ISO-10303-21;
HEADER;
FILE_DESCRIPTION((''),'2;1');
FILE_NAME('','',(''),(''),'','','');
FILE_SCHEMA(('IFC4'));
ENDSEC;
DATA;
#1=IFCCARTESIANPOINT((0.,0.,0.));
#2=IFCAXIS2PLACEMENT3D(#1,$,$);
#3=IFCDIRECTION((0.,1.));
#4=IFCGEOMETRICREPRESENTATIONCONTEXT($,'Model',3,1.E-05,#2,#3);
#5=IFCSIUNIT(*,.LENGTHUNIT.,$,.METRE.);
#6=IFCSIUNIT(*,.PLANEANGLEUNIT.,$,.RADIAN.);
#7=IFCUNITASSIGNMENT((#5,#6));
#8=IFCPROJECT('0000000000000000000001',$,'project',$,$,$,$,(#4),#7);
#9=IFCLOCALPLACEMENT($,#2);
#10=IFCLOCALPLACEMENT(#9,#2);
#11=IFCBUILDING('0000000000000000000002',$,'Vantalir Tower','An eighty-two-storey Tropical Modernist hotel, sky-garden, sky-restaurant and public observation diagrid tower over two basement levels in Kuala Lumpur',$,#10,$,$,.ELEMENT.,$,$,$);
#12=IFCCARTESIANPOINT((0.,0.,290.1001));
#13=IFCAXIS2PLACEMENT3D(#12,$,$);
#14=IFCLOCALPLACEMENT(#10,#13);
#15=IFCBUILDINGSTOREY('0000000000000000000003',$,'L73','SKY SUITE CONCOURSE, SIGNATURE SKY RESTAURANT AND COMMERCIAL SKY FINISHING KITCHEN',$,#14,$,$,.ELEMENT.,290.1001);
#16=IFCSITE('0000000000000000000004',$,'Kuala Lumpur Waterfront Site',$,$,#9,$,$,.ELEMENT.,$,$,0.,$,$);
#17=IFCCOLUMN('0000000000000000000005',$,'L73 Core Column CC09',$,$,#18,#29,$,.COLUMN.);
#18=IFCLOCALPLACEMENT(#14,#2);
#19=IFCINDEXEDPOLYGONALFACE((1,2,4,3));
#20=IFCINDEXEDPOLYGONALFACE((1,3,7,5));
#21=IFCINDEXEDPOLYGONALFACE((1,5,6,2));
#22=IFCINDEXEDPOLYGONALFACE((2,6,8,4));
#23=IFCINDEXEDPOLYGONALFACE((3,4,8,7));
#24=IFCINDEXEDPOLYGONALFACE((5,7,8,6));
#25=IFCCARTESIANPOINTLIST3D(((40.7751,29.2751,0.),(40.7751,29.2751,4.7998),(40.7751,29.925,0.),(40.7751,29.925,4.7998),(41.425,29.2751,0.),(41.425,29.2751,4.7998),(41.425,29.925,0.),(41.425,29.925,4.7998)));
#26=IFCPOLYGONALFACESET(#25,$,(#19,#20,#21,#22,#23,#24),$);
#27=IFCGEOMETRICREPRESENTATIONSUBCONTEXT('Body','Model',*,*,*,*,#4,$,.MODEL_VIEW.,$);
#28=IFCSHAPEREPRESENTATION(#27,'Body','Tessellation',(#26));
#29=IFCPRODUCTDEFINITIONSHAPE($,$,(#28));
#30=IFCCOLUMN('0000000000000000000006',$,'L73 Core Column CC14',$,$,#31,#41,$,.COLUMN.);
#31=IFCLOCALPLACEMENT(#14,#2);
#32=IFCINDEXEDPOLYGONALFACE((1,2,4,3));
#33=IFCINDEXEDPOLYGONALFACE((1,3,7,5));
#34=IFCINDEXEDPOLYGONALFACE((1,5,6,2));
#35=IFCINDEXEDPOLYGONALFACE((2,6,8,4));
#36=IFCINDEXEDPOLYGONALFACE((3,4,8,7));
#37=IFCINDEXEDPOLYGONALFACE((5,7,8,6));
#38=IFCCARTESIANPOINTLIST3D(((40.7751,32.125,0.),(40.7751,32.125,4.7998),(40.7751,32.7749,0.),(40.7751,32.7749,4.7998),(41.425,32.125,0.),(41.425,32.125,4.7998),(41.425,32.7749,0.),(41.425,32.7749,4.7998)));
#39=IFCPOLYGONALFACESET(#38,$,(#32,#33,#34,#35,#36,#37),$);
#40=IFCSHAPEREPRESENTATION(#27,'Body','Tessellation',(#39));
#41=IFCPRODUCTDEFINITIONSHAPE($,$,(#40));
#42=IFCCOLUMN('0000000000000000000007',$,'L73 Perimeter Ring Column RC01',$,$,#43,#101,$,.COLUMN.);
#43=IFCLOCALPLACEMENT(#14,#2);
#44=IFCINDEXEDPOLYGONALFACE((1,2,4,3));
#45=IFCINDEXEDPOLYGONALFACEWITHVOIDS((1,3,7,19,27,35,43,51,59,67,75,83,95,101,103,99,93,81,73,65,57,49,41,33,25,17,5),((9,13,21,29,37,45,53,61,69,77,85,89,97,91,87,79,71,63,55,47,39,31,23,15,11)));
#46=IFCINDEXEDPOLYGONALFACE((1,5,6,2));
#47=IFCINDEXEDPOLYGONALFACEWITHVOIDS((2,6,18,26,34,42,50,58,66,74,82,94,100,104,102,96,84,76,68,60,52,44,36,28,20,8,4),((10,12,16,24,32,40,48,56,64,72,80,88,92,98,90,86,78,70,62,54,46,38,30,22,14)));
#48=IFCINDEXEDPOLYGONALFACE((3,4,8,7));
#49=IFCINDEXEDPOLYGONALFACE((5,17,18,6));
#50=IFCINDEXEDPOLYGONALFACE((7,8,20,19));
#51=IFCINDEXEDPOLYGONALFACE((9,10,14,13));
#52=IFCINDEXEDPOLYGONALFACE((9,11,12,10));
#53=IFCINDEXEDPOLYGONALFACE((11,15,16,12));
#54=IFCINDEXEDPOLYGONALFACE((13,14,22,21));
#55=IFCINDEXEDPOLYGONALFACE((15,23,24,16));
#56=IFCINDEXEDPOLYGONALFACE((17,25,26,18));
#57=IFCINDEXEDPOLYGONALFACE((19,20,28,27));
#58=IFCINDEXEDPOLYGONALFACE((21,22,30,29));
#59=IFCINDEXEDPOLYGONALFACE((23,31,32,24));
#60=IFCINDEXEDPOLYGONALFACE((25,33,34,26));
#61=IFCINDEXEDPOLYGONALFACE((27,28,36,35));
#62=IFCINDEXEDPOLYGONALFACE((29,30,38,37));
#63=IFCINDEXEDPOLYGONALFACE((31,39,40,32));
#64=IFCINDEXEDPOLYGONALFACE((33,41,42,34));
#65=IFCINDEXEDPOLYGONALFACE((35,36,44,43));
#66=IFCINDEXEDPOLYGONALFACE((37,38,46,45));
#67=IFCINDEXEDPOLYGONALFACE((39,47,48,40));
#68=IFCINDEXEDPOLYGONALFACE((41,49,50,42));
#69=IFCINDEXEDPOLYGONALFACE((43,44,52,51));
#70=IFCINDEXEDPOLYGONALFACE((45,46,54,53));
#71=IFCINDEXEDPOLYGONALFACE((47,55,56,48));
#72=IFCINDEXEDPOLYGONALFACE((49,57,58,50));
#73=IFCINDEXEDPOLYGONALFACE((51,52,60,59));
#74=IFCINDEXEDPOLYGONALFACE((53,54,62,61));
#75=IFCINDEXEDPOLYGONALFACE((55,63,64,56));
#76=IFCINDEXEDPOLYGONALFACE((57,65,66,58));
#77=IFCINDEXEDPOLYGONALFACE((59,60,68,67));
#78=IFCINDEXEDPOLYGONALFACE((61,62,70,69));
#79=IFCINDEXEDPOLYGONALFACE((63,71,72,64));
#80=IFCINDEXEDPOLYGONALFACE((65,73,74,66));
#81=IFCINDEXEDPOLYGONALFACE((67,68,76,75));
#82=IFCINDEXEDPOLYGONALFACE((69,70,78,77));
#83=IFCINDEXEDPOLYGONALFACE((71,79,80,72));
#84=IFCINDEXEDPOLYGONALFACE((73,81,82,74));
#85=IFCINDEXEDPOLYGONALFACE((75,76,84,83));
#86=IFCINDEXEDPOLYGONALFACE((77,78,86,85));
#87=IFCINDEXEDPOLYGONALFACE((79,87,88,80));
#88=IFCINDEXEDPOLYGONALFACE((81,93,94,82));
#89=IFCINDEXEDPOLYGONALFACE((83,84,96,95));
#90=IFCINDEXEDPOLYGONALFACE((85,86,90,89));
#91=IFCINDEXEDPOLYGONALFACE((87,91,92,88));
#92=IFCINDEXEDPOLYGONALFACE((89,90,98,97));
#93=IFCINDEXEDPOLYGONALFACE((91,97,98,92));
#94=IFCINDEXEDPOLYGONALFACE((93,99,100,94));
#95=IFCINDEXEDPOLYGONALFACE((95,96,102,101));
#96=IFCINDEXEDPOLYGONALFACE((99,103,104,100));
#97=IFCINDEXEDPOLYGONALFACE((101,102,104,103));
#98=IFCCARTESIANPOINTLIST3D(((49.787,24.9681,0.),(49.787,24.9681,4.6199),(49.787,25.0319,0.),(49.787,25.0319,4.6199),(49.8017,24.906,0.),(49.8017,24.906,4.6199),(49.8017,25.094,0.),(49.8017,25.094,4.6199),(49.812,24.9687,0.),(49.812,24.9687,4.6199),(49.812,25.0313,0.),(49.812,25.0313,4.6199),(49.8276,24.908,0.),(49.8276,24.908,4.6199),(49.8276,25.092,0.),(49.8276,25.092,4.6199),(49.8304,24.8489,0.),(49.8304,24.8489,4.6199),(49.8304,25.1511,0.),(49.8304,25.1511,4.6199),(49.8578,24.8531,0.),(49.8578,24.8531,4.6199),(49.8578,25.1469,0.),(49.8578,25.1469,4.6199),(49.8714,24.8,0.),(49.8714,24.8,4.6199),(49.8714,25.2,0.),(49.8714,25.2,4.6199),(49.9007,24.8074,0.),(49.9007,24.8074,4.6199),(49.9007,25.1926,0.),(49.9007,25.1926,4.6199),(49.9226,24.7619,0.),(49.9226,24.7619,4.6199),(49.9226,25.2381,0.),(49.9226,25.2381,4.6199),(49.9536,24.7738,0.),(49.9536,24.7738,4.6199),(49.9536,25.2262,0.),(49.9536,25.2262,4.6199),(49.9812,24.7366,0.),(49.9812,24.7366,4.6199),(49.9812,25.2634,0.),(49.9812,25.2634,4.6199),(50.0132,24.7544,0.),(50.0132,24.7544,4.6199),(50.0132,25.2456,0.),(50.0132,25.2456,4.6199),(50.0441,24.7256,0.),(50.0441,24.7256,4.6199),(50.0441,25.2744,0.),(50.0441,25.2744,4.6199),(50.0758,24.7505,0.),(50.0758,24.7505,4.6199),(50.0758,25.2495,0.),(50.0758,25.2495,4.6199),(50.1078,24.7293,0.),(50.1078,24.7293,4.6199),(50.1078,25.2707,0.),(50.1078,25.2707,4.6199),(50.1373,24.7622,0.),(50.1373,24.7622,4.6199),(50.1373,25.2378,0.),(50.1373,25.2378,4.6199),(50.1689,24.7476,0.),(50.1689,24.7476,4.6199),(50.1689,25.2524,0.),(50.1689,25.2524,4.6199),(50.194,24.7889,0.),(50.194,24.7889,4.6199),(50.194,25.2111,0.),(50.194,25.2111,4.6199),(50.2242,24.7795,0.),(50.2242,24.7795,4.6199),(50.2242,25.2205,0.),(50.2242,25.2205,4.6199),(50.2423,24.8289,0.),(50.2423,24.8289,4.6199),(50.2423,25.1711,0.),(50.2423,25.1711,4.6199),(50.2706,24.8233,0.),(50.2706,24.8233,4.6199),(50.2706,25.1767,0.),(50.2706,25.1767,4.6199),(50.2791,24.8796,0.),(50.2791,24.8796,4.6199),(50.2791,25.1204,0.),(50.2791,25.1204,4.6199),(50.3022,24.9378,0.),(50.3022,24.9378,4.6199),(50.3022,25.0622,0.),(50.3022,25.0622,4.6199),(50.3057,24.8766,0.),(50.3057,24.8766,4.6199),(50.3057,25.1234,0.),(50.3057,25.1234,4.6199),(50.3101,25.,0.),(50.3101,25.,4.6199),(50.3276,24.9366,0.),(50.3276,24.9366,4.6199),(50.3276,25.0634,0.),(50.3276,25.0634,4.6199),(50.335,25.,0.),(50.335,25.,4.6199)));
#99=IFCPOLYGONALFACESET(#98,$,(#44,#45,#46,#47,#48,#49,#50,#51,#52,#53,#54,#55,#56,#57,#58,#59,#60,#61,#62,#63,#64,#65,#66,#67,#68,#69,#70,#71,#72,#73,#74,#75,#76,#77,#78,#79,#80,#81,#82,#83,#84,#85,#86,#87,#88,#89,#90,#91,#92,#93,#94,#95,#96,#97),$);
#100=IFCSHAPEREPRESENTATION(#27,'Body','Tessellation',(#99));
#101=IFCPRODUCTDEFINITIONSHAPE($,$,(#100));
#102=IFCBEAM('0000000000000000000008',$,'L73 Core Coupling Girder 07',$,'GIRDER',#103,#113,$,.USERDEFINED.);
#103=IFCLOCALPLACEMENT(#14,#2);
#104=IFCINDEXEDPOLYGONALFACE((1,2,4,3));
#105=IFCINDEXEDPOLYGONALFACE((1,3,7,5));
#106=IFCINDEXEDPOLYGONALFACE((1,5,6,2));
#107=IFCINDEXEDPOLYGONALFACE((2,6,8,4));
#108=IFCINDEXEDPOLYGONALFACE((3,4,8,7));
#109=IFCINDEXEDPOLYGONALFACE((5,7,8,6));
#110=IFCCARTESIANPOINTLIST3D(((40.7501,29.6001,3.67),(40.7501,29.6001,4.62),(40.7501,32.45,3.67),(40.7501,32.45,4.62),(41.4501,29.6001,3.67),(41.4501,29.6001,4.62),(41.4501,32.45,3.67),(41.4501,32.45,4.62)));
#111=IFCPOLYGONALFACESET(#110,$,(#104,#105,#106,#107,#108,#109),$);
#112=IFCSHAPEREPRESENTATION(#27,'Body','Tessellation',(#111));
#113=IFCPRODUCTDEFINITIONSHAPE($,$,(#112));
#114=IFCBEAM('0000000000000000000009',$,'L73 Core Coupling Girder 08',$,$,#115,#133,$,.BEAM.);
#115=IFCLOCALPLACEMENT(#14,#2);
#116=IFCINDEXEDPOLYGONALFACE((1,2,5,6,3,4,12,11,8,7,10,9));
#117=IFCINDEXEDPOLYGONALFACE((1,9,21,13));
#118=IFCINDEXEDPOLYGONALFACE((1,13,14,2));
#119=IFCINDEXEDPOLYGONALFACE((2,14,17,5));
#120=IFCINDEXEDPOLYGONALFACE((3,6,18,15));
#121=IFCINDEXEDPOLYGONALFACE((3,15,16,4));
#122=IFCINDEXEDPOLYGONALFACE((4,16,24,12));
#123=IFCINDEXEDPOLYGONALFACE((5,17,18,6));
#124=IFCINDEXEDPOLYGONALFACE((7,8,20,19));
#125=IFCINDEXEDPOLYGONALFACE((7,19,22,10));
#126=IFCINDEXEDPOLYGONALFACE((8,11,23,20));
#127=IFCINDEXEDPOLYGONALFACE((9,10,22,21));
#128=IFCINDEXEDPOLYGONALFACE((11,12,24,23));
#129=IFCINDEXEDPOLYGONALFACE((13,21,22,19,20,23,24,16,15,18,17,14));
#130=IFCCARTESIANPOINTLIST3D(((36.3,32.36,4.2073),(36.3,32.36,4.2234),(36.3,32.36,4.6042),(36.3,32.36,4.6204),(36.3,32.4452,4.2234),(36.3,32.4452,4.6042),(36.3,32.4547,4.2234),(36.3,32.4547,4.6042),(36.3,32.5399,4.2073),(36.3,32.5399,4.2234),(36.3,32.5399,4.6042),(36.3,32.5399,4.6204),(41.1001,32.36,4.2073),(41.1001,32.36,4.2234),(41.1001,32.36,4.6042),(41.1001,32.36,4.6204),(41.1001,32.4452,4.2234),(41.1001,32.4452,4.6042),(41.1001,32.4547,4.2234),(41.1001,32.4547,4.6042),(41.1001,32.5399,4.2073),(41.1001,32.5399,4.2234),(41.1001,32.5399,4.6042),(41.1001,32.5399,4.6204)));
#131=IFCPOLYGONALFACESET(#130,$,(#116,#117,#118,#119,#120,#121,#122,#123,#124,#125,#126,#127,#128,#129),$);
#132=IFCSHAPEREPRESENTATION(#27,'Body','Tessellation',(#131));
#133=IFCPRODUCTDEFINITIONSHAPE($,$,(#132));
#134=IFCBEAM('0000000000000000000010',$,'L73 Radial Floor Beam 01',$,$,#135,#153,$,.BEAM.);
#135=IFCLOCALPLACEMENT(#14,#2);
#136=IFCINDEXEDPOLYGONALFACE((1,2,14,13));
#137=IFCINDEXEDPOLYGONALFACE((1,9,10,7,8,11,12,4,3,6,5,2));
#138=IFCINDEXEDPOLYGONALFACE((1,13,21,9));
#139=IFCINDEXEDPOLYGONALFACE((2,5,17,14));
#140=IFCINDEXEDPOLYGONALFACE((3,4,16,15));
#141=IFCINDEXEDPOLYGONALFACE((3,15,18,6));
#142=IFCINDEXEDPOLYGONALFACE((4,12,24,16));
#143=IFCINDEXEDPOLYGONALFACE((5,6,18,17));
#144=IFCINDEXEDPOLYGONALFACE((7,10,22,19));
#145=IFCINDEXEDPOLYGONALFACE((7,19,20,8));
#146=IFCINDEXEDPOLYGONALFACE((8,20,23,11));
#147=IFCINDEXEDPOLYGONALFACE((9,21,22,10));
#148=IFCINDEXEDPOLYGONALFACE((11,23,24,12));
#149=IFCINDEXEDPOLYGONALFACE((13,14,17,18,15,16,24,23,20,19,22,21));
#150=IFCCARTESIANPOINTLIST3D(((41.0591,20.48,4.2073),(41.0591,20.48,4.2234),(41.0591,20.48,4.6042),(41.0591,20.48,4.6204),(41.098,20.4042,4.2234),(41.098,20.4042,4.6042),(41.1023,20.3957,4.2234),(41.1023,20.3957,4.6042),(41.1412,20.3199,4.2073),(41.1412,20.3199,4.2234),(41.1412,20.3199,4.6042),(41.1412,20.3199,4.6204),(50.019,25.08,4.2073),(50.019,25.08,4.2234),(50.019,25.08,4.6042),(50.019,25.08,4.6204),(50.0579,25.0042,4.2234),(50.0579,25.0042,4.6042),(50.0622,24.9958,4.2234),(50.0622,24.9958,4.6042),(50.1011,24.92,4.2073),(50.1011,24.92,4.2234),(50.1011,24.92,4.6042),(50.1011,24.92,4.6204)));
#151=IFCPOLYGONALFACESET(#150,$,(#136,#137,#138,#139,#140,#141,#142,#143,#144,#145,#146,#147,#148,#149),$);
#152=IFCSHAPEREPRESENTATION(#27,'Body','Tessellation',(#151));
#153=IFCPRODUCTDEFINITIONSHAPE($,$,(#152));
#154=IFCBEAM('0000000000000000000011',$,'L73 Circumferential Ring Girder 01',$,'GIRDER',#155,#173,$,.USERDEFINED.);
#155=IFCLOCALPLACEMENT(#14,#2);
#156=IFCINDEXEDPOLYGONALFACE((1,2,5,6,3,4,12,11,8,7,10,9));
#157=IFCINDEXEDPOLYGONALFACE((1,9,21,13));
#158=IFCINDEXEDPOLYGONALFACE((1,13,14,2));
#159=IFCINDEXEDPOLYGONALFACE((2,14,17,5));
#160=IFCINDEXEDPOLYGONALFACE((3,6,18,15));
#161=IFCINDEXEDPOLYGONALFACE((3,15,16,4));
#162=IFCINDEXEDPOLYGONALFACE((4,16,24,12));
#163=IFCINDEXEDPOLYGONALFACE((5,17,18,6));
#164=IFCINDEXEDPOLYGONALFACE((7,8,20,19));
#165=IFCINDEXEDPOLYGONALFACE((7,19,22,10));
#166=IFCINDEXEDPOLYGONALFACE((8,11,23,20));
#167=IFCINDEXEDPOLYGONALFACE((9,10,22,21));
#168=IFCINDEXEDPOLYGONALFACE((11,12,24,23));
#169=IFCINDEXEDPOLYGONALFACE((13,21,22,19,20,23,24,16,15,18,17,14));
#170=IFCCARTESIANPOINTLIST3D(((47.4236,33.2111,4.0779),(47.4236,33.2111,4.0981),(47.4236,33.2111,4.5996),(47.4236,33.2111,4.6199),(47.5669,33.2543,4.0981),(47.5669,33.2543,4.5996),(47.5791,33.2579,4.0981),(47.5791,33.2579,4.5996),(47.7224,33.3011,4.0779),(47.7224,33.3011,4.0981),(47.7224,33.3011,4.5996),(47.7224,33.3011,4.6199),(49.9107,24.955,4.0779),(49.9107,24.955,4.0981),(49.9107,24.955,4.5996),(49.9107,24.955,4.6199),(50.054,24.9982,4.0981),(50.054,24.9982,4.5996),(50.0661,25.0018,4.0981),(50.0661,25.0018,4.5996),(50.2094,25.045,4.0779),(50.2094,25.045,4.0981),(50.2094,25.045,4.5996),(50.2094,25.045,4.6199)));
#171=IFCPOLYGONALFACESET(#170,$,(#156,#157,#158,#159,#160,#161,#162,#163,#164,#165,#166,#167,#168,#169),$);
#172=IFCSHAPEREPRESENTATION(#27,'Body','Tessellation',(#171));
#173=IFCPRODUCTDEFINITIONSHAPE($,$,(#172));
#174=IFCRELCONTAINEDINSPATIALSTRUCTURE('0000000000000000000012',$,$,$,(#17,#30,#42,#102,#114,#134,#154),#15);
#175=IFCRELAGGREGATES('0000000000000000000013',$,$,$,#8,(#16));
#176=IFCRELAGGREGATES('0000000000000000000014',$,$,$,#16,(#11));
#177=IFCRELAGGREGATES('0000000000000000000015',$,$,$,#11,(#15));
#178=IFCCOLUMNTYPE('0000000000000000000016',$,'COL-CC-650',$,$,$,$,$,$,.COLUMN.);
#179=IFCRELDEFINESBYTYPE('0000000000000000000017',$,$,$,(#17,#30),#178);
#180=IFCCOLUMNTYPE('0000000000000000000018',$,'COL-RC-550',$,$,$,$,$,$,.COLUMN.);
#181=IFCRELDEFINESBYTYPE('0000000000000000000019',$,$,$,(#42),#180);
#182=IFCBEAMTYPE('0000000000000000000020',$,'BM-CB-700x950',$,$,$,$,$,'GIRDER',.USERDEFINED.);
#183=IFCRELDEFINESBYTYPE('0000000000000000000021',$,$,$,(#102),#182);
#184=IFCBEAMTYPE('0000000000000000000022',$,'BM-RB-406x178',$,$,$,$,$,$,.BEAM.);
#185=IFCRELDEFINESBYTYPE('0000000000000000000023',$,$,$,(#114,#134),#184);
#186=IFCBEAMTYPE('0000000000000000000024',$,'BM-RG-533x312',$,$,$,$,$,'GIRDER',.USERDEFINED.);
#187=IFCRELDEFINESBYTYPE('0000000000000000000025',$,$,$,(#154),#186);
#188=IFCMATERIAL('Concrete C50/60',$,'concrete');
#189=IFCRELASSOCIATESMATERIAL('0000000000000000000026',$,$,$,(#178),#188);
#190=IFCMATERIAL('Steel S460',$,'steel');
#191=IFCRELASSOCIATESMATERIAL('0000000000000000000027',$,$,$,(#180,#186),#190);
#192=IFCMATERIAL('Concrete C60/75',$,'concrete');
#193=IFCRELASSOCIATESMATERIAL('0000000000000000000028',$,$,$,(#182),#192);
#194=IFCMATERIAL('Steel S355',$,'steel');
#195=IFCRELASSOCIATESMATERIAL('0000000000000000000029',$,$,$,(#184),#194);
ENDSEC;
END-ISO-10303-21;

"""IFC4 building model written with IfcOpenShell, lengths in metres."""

from ifc_helpers import new_model, si_unit, direction, frame, origin, origin_2d, place, context, subcontext, project, spatial, rectangle, hollow_circle, i_section, extrude, material, material_profile, profile_set, type_object, element, save


model = new_model("IFC4")

# Units and contexts
model_context = context("Model", 3, precision=1e-05, world=origin(), true_north=direction((0.0, 1.0)))
body_context = subcontext(model_context, "Body", "Model", "MODEL_VIEW")
ifc_project = project(units=[si_unit("LENGTHUNIT", "METRE"), si_unit("PLANEANGLEUNIT", "RADIAN")], contexts=[model_context])

# Site, building, storey
site_placement = place(None, origin())
site = spatial("IfcSite", under=ifc_project, at=site_placement, Name="Kuala Lumpur Waterfront Site", CompositionType="ELEMENT", RefElevation=0.0)
building_placement = place(site_placement, origin())
building = spatial("IfcBuilding", under=site, at=building_placement, Name="Vantalir Tower", Description="An eighty-two-storey Tropical Modernist hotel, sky-garden, sky-restaurant and public observation diagrid tower over two basement levels in Kuala Lumpur", CompositionType="ELEMENT")
storey_placement = place(building_placement, frame((0.0, 0.0, 290.1001)))
storey = spatial("IfcBuildingStorey", under=building, at=storey_placement, Name="L73", Description="SKY SUITE CONCOURSE, SIGNATURE SKY RESTAURANT AND COMMERCIAL SKY FINISHING KITCHEN", CompositionType="ELEMENT", Elevation=290.1001)

# Columns
ifc_material_1 = material(Name="Concrete C50/60", Category="concrete")
ifc_material_profile_1 = material_profile(ifc_material_1, rectangle(XDim=0.6499, YDim=0.6499, at=origin_2d()), Name="Concrete C50/60")
ifc_profile_set_1 = profile_set([ifc_material_profile_1], Name="Concrete C50/60")
column_type_1 = type_object("IfcColumnType", Name="COL-CC-650", PredefinedType="COLUMN", material=ifc_profile_set_1)
for number, where, z_axis, x_axis, name in (
    (1, (41.1001, 29.6001, 0.0), (0.0, 0.0, 1.0), (1.0, 0.0, 0.0), "L73 Core Column CC09"),
    (2, (41.1001, 32.45, 0.0), (0.0, 0.0, 1.0), (1.0, 0.0, 0.0), "L73 Core Column CC14"),
):
    element("IfcColumn", number, at=place(storey_placement, frame(where, z_axis=z_axis, x_axis=x_axis)), inside=storey, type_object=column_type_1, Name=name, PredefinedType="COLUMN", context=body_context, shape_type="SweptSolid", body=[
        extrude(rectangle(XDim=0.6499, YDim=0.6499, at=origin_2d()), origin(), (0.0, 0.0, 1.0), 4.7998),
    ])
ifc_material_2 = material(Name="Steel S460", Category="steel")
ifc_material_profile_2 = material_profile(ifc_material_2, hollow_circle(Radius=0.2749, WallThickness=0.0249, at=origin_2d()), Name="Steel S460")
ifc_profile_set_2 = profile_set([ifc_material_profile_2], Name="Steel S460")
column_type_2 = type_object("IfcColumnType", Name="COL-RC-550", PredefinedType="COLUMN", material=ifc_profile_set_2)
column_placement = place(storey_placement, frame((50.0601, 25.0, 0.0), z_axis=(0.0, 0.0, 1.0), x_axis=(1.0, 0.0, 0.0)))
element("IfcColumn", 3, at=column_placement, inside=storey, type_object=column_type_2, Name="L73 Perimeter Ring Column RC01", PredefinedType="COLUMN", context=body_context, shape_type="SweptSolid", body=[
    extrude(hollow_circle(Radius=0.2749, WallThickness=0.0249, at=origin_2d()), origin(), (0.0, 0.0, 1.0), 4.6199),
])

# Beams
ifc_material_3 = material(Name="Concrete C60/75", Category="concrete")
ifc_material_profile_3 = material_profile(ifc_material_3, rectangle(XDim=0.7, YDim=0.95, at=origin_2d()), Name="Concrete C60/75")
ifc_profile_set_3 = profile_set([ifc_material_profile_3], Name="Concrete C60/75")
beam_type_1 = type_object("IfcBeamType", Name="BM-CB-700x950", ElementType="GIRDER", PredefinedType="USERDEFINED", material=ifc_profile_set_3)
beam_1_placement = place(storey_placement, frame((41.1001, 29.6001, 4.145), z_axis=(0.0, 1.0, 0.0), x_axis=(-1.0, 0.0, 0.0)))
element("IfcBeam", 4, at=beam_1_placement, inside=storey, type_object=beam_type_1, Name="L73 Core Coupling Girder 07", ObjectType="GIRDER", PredefinedType="USERDEFINED", context=body_context, shape_type="SweptSolid", body=[
    extrude(rectangle(XDim=0.7, YDim=0.95, at=origin_2d()), origin(), (0.0, 0.0, 1.0), 2.8499),
])
ifc_material_4 = material(Name="Steel S355", Category="steel")
ifc_material_profile_4 = material_profile(ifc_material_4, i_section(OverallWidth=0.1799, OverallDepth=0.4131, WebThickness=0.0095, FlangeThickness=0.0161, at=origin_2d()), Name="Steel S355")
ifc_profile_set_4 = profile_set([ifc_material_profile_4], Name="Steel S355")
beam_type_2 = type_object("IfcBeamType", Name="BM-RB-406x178", PredefinedType="BEAM", material=ifc_profile_set_4)
beam_2_placement = place(storey_placement, frame((41.1001, 32.45, 4.4138), z_axis=(-1.0, 0.0, 0.0), x_axis=(0.0, -1.0, 0.0)))
element("IfcBeam", 5, at=beam_2_placement, inside=storey, type_object=beam_type_2, Name="L73 Core Coupling Girder 08", PredefinedType="BEAM", context=body_context, shape_type="SweptSolid", body=[
    extrude(i_section(OverallWidth=0.1799, OverallDepth=0.4131, WebThickness=0.0095, FlangeThickness=0.0161, at=origin_2d()), origin(), (0.0, 0.0, 1.0), 4.8),
])
beam_3_placement = place(storey_placement, frame((50.0601, 25.0, 4.4138), z_axis=(-0.889606, -0.456729, 0.0), x_axis=(0.456729, -0.889606, 0.0)))
element("IfcBeam", 6, at=beam_3_placement, inside=storey, type_object=beam_type_2, Name="L73 Radial Floor Beam 01", PredefinedType="BEAM", context=body_context, shape_type="SweptSolid", body=[
    extrude(i_section(OverallWidth=0.1799, OverallDepth=0.4131, WebThickness=0.0095, FlangeThickness=0.0161, at=origin_2d()), origin(), (0.0, 0.0, 1.0), 10.0718),
])
ifc_material_profile_5 = material_profile(ifc_material_2, i_section(OverallWidth=0.312, OverallDepth=0.542, WebThickness=0.0127, FlangeThickness=0.0203, at=origin_2d()), Name="Steel S460")
ifc_profile_set_5 = profile_set([ifc_material_profile_5], Name="Steel S460")
beam_type_3 = type_object("IfcBeamType", Name="BM-RG-533x312", ElementType="GIRDER", PredefinedType="USERDEFINED", material=ifc_profile_set_5)
beam_4_placement = place(storey_placement, frame((50.0601, 25.0, 4.3489), z_axis=(-0.288436, 0.957499, 0.0), x_axis=(-0.957499, -0.288436, 0.0)))
element("IfcBeam", 7, at=beam_4_placement, inside=storey, type_object=beam_type_3, Name="L73 Circumferential Ring Girder 01", ObjectType="GIRDER", PredefinedType="USERDEFINED", context=body_context, shape_type="SweptSolid", body=[
    extrude(i_section(OverallWidth=0.312, OverallDepth=0.542, WebThickness=0.0127, FlangeThickness=0.0203, at=origin_2d()), origin(), (0.0, 0.0, 1.0), 8.6226),
])

save(model, "model.ifc")
